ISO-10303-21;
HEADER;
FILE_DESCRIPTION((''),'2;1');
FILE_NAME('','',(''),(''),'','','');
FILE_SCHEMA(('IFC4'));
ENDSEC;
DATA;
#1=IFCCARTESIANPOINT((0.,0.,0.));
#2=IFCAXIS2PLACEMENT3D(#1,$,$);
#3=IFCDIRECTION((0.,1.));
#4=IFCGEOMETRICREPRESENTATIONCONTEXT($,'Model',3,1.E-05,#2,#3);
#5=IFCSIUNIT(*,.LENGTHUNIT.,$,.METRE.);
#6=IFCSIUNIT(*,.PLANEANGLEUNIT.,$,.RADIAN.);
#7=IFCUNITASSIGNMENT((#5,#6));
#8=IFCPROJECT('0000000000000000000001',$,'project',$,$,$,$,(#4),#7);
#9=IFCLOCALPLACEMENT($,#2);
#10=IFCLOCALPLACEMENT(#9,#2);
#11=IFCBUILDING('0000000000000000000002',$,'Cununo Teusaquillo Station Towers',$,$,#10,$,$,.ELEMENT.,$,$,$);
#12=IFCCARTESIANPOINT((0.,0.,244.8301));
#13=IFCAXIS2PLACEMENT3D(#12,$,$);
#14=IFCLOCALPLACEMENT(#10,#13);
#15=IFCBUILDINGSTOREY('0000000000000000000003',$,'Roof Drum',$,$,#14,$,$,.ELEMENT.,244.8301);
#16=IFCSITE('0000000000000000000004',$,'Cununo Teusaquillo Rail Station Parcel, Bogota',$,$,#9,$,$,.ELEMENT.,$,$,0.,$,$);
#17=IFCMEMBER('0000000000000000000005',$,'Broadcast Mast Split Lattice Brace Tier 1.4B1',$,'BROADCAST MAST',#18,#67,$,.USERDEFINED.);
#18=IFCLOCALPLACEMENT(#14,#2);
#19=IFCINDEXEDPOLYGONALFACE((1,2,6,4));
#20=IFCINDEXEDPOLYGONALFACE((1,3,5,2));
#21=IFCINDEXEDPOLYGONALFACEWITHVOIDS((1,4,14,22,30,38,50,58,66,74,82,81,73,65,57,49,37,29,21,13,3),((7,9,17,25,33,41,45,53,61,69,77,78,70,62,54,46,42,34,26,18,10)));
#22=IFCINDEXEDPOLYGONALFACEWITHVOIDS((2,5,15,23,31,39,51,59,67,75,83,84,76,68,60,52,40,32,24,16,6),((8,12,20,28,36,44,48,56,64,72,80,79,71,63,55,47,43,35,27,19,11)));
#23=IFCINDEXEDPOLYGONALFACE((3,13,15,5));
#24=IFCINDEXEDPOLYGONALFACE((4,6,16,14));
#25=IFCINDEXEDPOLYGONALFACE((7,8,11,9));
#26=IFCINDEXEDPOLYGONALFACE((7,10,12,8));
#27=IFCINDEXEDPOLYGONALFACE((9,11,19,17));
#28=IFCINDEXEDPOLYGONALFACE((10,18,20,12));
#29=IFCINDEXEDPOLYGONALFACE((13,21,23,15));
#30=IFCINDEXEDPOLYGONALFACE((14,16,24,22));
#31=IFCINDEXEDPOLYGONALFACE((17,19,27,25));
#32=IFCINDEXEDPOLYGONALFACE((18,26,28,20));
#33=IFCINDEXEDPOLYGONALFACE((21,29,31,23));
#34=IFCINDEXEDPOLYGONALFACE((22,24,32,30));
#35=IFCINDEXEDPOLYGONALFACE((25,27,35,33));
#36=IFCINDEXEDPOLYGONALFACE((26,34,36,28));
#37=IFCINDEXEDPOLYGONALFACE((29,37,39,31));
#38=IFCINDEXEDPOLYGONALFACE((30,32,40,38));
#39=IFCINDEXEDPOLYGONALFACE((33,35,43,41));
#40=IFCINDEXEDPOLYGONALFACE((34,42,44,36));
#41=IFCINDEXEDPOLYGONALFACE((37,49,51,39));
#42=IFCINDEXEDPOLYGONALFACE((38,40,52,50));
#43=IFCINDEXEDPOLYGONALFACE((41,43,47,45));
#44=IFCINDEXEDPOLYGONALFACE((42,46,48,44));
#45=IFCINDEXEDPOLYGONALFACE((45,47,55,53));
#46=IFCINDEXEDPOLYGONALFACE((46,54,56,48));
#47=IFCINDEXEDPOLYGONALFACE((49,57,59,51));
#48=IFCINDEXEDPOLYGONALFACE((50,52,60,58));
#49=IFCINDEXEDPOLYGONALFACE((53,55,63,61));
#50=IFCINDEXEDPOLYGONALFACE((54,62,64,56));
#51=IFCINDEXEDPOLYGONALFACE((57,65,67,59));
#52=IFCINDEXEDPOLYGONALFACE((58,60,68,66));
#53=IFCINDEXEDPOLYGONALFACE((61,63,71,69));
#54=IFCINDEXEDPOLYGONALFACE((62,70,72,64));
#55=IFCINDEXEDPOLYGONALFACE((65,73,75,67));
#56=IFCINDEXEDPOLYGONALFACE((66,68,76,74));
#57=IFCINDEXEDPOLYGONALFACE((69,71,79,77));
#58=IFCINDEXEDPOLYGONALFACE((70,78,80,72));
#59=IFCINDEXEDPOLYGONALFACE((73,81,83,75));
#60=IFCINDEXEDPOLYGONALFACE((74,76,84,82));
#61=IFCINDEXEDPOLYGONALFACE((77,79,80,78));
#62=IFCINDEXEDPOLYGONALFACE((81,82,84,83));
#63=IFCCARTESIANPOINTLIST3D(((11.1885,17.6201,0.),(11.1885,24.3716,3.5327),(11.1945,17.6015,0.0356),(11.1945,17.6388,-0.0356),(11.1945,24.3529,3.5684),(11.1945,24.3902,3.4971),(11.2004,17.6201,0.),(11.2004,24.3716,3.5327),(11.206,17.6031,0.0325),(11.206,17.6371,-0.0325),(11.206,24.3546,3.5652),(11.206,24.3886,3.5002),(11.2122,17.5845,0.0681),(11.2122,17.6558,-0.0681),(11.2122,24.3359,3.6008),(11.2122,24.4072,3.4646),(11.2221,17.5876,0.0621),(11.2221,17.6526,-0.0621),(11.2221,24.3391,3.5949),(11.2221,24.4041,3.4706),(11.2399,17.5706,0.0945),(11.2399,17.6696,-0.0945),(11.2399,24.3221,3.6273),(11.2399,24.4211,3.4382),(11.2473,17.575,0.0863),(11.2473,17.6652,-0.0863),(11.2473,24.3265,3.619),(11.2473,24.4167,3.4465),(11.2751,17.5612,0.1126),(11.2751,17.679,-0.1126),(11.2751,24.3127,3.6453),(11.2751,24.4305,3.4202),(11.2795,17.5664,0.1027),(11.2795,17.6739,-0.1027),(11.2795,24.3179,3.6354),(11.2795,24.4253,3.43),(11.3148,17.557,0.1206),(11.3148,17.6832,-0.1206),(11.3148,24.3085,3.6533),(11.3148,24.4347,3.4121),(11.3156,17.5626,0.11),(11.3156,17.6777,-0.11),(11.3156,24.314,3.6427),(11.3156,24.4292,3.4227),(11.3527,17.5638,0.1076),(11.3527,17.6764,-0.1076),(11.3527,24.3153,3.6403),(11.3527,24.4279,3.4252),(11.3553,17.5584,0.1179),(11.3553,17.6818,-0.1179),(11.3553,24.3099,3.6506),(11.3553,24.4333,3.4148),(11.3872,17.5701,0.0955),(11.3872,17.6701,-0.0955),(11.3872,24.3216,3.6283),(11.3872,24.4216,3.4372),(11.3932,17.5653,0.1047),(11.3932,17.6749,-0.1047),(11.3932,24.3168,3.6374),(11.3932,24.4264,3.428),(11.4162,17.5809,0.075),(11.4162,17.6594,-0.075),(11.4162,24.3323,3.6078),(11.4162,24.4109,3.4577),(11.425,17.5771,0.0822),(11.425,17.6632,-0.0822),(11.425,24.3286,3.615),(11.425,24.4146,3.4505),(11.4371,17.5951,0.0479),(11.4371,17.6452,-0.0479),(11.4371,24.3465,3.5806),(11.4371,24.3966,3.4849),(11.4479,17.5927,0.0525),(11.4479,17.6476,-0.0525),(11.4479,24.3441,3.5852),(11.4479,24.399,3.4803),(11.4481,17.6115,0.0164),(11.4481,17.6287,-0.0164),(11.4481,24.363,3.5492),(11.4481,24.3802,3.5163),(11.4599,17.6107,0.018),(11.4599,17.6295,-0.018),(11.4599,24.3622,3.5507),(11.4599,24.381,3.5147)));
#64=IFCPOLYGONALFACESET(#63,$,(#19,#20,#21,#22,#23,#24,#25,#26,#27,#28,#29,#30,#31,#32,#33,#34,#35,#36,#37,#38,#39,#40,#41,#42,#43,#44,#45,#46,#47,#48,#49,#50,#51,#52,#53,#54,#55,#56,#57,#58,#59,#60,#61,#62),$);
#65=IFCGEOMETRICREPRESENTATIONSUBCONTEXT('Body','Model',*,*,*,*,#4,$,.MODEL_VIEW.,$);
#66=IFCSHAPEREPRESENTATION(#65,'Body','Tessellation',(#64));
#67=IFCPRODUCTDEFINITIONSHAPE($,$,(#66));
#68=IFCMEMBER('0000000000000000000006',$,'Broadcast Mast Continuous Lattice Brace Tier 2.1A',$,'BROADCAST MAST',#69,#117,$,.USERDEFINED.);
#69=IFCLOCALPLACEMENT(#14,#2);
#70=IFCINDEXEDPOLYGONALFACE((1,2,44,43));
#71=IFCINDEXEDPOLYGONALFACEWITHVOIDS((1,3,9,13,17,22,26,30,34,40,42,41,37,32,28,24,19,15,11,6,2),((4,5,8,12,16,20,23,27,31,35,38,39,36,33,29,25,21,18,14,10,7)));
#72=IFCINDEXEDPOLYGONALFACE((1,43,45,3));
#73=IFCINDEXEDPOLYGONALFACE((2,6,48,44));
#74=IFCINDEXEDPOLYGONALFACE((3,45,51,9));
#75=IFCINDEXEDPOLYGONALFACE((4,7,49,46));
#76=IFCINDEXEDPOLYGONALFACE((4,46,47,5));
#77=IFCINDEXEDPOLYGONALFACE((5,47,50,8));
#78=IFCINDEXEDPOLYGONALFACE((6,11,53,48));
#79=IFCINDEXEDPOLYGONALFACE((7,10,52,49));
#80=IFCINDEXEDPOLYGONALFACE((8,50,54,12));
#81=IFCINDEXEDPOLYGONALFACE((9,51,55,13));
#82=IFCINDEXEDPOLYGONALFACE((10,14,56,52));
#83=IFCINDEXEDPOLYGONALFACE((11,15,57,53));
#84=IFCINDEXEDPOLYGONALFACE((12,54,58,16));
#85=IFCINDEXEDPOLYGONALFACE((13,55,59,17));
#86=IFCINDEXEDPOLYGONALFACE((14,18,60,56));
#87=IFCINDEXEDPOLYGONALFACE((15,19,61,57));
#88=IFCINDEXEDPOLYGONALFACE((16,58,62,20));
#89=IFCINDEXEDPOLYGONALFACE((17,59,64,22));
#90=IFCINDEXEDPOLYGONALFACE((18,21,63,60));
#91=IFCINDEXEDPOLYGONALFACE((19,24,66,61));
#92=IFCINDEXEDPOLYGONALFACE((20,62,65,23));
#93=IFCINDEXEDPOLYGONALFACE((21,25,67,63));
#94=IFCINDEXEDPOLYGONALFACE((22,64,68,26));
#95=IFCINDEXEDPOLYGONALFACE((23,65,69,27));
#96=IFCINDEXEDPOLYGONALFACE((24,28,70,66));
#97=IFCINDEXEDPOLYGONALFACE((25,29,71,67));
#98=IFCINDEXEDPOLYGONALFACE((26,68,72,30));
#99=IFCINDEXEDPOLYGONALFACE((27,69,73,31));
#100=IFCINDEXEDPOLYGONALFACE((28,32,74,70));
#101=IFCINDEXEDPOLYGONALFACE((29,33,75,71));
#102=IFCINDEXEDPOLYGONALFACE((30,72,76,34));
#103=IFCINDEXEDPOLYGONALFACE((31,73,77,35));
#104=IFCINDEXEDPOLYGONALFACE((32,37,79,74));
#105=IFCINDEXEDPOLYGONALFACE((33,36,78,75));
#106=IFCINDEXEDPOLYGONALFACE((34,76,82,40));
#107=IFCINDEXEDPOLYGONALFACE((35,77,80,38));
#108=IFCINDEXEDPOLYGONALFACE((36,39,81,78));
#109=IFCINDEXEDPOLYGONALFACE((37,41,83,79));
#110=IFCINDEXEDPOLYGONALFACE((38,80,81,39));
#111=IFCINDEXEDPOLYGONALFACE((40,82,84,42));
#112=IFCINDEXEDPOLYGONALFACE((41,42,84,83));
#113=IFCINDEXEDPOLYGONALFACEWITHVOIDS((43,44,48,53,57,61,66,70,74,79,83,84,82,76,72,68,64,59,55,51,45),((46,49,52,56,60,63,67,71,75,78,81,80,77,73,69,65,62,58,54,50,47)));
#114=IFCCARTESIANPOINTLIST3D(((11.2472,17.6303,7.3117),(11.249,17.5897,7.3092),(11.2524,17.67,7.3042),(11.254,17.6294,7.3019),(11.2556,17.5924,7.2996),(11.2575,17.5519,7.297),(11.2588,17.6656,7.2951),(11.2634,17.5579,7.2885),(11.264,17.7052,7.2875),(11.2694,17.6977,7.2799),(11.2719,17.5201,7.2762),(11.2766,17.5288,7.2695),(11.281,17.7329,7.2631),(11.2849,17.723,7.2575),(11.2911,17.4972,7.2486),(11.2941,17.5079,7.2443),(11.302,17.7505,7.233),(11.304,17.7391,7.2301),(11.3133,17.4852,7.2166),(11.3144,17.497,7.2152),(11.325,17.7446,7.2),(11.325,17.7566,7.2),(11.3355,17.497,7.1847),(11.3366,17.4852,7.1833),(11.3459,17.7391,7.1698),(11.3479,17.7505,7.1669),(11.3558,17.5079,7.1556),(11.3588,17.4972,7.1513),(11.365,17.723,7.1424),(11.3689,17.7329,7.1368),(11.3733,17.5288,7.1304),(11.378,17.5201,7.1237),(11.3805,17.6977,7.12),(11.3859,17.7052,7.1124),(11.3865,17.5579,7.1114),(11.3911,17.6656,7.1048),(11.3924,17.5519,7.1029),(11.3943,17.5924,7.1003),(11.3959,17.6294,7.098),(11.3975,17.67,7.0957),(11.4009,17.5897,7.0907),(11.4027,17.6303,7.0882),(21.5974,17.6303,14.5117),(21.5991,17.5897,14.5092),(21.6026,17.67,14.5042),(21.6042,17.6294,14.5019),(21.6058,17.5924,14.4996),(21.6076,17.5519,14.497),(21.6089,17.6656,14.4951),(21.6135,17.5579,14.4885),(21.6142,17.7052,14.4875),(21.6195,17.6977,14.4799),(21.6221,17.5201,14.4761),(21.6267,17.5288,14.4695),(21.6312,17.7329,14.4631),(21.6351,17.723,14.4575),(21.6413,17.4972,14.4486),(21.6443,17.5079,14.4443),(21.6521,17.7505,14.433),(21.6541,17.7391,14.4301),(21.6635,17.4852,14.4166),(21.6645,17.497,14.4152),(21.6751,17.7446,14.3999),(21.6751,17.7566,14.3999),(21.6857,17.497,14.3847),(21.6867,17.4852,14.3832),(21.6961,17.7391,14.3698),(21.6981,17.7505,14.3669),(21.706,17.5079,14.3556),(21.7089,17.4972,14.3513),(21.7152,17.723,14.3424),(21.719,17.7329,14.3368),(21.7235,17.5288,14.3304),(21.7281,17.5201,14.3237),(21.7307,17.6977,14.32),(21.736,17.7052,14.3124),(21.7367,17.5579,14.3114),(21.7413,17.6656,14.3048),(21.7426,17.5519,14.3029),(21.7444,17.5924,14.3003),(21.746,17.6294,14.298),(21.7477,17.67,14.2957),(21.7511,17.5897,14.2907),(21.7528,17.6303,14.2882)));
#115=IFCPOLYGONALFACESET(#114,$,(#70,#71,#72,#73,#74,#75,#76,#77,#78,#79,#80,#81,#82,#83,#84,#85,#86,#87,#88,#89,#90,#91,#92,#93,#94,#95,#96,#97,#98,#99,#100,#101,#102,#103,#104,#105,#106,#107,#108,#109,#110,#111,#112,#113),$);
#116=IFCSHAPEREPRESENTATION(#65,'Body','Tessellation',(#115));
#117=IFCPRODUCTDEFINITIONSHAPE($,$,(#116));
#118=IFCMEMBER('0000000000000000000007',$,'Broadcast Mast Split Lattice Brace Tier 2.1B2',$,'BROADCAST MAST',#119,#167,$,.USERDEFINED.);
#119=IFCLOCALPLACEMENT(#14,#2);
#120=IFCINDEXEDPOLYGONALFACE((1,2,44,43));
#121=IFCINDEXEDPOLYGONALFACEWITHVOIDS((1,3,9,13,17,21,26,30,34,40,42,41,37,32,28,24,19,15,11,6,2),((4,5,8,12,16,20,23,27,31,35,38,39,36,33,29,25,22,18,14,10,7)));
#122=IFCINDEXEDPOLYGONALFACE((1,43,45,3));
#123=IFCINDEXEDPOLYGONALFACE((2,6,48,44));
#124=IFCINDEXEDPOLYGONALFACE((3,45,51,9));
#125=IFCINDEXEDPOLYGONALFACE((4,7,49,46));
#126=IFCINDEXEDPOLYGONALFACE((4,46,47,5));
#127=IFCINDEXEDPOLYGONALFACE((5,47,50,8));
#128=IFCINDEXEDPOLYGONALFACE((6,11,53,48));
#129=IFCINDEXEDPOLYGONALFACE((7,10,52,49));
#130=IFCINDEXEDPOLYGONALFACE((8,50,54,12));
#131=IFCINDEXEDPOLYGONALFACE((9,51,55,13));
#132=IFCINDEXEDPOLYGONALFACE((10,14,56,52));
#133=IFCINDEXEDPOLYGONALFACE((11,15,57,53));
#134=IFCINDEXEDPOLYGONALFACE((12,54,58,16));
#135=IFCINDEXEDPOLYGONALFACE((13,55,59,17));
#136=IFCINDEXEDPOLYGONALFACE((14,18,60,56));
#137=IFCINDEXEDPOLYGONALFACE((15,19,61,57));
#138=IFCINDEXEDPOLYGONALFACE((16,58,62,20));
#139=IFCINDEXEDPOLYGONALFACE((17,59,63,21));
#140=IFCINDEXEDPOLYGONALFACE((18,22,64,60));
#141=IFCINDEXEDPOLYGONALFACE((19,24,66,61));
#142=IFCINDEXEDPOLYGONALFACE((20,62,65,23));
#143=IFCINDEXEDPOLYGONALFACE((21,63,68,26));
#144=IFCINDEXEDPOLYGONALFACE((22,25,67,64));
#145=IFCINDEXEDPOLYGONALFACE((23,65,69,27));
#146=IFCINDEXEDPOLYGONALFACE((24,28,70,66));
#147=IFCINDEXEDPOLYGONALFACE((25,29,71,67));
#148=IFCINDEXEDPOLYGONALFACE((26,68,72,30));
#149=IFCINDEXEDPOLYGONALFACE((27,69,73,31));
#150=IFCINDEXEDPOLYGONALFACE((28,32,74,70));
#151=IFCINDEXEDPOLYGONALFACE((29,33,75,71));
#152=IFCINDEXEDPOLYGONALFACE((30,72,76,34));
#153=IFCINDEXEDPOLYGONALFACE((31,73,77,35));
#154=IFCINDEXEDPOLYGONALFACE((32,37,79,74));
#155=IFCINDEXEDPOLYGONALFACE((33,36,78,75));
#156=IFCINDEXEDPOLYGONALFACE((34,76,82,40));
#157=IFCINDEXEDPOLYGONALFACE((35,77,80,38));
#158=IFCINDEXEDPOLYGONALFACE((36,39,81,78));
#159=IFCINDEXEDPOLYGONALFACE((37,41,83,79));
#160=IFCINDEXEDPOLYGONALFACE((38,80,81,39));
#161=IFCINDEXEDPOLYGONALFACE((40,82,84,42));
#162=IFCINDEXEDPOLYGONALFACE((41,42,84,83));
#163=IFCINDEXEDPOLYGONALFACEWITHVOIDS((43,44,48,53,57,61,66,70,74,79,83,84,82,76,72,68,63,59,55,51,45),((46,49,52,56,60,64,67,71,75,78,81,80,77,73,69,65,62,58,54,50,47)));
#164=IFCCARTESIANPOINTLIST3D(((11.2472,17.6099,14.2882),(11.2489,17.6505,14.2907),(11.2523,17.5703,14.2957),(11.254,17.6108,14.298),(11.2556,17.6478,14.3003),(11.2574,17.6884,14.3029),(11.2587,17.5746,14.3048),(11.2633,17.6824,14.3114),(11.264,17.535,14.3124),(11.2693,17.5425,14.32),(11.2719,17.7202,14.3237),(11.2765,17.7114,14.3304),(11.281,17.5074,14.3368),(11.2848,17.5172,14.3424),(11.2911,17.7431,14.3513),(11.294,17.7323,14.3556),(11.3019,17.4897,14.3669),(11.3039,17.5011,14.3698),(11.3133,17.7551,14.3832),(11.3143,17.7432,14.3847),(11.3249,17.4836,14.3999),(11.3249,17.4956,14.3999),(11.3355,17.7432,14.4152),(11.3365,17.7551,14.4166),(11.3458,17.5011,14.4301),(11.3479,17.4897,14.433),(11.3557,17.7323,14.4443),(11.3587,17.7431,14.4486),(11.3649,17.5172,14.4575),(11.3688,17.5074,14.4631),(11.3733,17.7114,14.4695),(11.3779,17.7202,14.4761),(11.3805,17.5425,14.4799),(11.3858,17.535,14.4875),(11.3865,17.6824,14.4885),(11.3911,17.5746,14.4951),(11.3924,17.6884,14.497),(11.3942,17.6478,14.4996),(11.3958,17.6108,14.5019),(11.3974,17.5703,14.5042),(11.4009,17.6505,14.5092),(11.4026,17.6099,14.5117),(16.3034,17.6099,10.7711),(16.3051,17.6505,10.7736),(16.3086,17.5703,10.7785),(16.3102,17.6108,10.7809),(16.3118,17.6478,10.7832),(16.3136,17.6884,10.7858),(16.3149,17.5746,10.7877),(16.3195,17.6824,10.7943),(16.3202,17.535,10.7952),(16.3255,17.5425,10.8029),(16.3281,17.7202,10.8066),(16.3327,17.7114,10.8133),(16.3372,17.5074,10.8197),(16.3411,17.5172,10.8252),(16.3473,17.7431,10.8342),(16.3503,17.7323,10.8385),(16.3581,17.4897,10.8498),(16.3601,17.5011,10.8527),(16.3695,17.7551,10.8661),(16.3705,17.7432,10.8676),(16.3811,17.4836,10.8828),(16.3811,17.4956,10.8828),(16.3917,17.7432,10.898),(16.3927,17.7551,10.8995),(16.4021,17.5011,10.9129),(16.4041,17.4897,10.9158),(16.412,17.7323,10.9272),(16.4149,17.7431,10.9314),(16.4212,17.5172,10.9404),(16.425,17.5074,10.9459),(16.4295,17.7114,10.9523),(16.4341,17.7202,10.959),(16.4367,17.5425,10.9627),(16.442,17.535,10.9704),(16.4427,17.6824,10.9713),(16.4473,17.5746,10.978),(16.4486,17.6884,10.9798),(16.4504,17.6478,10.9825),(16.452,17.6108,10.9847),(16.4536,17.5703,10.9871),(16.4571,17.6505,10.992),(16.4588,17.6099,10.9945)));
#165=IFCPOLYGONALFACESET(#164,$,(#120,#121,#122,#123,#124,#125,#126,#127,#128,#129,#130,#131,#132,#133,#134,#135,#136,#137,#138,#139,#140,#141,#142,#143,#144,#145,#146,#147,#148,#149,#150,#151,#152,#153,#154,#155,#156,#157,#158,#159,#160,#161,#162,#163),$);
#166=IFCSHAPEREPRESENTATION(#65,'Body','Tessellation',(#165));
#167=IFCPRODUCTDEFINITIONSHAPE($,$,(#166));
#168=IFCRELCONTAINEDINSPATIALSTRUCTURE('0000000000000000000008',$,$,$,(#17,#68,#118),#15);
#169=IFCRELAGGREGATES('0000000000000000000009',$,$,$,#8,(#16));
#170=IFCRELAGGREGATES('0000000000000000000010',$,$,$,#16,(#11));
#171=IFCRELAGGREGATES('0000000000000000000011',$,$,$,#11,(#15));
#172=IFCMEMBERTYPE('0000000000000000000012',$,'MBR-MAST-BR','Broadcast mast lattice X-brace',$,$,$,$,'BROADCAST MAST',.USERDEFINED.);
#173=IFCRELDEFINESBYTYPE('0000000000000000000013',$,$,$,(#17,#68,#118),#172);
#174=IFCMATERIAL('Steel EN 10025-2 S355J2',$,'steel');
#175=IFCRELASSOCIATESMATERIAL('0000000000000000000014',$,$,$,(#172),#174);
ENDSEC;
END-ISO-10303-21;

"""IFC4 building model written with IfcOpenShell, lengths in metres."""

from ifc_helpers import new_model, si_unit, direction, frame, origin, origin_2d, place, context, subcontext, project, spatial, hollow_circle, extrude, material, material_profile, profile_set, type_object, element, save


model = new_model("IFC4")

# Units and contexts
model_context = context("Model", 3, precision=1e-05, world=origin(), true_north=direction((0.0, 1.0)))
body_context = subcontext(model_context, "Body", "Model", "MODEL_VIEW")
ifc_project = project(units=[si_unit("LENGTHUNIT", "METRE"), si_unit("PLANEANGLEUNIT", "RADIAN")], contexts=[model_context])

# Site, building, storey
site_placement = place(None, origin())
site = spatial("IfcSite", under=ifc_project, at=site_placement, Name="Cununo Teusaquillo Rail Station Parcel, Bogota", CompositionType="ELEMENT", RefElevation=0.0)
building_placement = place(site_placement, origin())
building = spatial("IfcBuilding", under=site, at=building_placement, Name="Cununo Teusaquillo Station Towers", CompositionType="ELEMENT")
storey_placement = place(building_placement, frame((0.0, 0.0, 244.8301)))
storey = spatial("IfcBuildingStorey", under=building, at=storey_placement, Name="Roof Drum", CompositionType="ELEMENT", Elevation=244.8301)

# Members
ifc_material_1 = material(Name="Steel EN 10025-2 S355J2", Category="steel")
ifc_material_profile_1 = material_profile(ifc_material_1, hollow_circle(Radius=0.1365, WallThickness=0.012, at=origin_2d()), Name="CHS 273x12")
ifc_profile_set_1 = profile_set([ifc_material_profile_1], Name="Steel EN 10025-2 S355J2")
member_type = type_object("IfcMemberType", Name="MBR-MAST-BR", Description="Broadcast mast lattice X-brace", ElementType="BROADCAST MAST", PredefinedType="USERDEFINED", material=ifc_profile_set_1)
member_1_placement = place(storey_placement, frame((11.325, 17.6201, 0.0), z_axis=(0.0, 0.886035, 0.463619), x_axis=(-1.0, 0.0, 0.0)))
element("IfcMember", 1, at=member_1_placement, inside=storey, type_object=member_type, Name="Broadcast Mast Split Lattice Brace Tier 1.4B1", ObjectType="BROADCAST MAST", PredefinedType="USERDEFINED", context=body_context, shape_type="SweptSolid", body=[
    extrude(hollow_circle(Radius=0.1365, WallThickness=0.012, at=origin_2d()), origin(), (0.0, 0.0, 1.0), 7.6199),
])
member_2_placement = place(storey_placement, frame((11.325, 17.6201, 7.2), z_axis=(0.82091, 0.0, 0.571058), x_axis=(0.0, 1.0, 0.0)))
element("IfcMember", 2, at=member_2_placement, inside=storey, type_object=member_type, Name="Broadcast Mast Continuous Lattice Brace Tier 2.1A", ObjectType="BROADCAST MAST", PredefinedType="USERDEFINED", context=body_context, shape_type="SweptSolid", body=[
    extrude(hollow_circle(Radius=0.1365, WallThickness=0.012, at=origin_2d()), origin(), (0.0, 0.0, 1.0), 12.6082),
])
member_3_placement = place(storey_placement, frame((16.3811, 17.6201, 10.8828), z_axis=(-0.820923, 0.0, 0.571039), x_axis=(0.0, -1.0, 0.0)))
element("IfcMember", 3, at=member_3_placement, inside=storey, type_object=member_type, Name="Broadcast Mast Split Lattice Brace Tier 2.1B2", ObjectType="BROADCAST MAST", PredefinedType="USERDEFINED", context=body_context, shape_type="SweptSolid", body=[
    extrude(hollow_circle(Radius=0.1365, WallThickness=0.012, at=origin_2d()), origin(), (0.0, 0.0, 1.0), 6.1592),
])

save(model, "model.ifc")
